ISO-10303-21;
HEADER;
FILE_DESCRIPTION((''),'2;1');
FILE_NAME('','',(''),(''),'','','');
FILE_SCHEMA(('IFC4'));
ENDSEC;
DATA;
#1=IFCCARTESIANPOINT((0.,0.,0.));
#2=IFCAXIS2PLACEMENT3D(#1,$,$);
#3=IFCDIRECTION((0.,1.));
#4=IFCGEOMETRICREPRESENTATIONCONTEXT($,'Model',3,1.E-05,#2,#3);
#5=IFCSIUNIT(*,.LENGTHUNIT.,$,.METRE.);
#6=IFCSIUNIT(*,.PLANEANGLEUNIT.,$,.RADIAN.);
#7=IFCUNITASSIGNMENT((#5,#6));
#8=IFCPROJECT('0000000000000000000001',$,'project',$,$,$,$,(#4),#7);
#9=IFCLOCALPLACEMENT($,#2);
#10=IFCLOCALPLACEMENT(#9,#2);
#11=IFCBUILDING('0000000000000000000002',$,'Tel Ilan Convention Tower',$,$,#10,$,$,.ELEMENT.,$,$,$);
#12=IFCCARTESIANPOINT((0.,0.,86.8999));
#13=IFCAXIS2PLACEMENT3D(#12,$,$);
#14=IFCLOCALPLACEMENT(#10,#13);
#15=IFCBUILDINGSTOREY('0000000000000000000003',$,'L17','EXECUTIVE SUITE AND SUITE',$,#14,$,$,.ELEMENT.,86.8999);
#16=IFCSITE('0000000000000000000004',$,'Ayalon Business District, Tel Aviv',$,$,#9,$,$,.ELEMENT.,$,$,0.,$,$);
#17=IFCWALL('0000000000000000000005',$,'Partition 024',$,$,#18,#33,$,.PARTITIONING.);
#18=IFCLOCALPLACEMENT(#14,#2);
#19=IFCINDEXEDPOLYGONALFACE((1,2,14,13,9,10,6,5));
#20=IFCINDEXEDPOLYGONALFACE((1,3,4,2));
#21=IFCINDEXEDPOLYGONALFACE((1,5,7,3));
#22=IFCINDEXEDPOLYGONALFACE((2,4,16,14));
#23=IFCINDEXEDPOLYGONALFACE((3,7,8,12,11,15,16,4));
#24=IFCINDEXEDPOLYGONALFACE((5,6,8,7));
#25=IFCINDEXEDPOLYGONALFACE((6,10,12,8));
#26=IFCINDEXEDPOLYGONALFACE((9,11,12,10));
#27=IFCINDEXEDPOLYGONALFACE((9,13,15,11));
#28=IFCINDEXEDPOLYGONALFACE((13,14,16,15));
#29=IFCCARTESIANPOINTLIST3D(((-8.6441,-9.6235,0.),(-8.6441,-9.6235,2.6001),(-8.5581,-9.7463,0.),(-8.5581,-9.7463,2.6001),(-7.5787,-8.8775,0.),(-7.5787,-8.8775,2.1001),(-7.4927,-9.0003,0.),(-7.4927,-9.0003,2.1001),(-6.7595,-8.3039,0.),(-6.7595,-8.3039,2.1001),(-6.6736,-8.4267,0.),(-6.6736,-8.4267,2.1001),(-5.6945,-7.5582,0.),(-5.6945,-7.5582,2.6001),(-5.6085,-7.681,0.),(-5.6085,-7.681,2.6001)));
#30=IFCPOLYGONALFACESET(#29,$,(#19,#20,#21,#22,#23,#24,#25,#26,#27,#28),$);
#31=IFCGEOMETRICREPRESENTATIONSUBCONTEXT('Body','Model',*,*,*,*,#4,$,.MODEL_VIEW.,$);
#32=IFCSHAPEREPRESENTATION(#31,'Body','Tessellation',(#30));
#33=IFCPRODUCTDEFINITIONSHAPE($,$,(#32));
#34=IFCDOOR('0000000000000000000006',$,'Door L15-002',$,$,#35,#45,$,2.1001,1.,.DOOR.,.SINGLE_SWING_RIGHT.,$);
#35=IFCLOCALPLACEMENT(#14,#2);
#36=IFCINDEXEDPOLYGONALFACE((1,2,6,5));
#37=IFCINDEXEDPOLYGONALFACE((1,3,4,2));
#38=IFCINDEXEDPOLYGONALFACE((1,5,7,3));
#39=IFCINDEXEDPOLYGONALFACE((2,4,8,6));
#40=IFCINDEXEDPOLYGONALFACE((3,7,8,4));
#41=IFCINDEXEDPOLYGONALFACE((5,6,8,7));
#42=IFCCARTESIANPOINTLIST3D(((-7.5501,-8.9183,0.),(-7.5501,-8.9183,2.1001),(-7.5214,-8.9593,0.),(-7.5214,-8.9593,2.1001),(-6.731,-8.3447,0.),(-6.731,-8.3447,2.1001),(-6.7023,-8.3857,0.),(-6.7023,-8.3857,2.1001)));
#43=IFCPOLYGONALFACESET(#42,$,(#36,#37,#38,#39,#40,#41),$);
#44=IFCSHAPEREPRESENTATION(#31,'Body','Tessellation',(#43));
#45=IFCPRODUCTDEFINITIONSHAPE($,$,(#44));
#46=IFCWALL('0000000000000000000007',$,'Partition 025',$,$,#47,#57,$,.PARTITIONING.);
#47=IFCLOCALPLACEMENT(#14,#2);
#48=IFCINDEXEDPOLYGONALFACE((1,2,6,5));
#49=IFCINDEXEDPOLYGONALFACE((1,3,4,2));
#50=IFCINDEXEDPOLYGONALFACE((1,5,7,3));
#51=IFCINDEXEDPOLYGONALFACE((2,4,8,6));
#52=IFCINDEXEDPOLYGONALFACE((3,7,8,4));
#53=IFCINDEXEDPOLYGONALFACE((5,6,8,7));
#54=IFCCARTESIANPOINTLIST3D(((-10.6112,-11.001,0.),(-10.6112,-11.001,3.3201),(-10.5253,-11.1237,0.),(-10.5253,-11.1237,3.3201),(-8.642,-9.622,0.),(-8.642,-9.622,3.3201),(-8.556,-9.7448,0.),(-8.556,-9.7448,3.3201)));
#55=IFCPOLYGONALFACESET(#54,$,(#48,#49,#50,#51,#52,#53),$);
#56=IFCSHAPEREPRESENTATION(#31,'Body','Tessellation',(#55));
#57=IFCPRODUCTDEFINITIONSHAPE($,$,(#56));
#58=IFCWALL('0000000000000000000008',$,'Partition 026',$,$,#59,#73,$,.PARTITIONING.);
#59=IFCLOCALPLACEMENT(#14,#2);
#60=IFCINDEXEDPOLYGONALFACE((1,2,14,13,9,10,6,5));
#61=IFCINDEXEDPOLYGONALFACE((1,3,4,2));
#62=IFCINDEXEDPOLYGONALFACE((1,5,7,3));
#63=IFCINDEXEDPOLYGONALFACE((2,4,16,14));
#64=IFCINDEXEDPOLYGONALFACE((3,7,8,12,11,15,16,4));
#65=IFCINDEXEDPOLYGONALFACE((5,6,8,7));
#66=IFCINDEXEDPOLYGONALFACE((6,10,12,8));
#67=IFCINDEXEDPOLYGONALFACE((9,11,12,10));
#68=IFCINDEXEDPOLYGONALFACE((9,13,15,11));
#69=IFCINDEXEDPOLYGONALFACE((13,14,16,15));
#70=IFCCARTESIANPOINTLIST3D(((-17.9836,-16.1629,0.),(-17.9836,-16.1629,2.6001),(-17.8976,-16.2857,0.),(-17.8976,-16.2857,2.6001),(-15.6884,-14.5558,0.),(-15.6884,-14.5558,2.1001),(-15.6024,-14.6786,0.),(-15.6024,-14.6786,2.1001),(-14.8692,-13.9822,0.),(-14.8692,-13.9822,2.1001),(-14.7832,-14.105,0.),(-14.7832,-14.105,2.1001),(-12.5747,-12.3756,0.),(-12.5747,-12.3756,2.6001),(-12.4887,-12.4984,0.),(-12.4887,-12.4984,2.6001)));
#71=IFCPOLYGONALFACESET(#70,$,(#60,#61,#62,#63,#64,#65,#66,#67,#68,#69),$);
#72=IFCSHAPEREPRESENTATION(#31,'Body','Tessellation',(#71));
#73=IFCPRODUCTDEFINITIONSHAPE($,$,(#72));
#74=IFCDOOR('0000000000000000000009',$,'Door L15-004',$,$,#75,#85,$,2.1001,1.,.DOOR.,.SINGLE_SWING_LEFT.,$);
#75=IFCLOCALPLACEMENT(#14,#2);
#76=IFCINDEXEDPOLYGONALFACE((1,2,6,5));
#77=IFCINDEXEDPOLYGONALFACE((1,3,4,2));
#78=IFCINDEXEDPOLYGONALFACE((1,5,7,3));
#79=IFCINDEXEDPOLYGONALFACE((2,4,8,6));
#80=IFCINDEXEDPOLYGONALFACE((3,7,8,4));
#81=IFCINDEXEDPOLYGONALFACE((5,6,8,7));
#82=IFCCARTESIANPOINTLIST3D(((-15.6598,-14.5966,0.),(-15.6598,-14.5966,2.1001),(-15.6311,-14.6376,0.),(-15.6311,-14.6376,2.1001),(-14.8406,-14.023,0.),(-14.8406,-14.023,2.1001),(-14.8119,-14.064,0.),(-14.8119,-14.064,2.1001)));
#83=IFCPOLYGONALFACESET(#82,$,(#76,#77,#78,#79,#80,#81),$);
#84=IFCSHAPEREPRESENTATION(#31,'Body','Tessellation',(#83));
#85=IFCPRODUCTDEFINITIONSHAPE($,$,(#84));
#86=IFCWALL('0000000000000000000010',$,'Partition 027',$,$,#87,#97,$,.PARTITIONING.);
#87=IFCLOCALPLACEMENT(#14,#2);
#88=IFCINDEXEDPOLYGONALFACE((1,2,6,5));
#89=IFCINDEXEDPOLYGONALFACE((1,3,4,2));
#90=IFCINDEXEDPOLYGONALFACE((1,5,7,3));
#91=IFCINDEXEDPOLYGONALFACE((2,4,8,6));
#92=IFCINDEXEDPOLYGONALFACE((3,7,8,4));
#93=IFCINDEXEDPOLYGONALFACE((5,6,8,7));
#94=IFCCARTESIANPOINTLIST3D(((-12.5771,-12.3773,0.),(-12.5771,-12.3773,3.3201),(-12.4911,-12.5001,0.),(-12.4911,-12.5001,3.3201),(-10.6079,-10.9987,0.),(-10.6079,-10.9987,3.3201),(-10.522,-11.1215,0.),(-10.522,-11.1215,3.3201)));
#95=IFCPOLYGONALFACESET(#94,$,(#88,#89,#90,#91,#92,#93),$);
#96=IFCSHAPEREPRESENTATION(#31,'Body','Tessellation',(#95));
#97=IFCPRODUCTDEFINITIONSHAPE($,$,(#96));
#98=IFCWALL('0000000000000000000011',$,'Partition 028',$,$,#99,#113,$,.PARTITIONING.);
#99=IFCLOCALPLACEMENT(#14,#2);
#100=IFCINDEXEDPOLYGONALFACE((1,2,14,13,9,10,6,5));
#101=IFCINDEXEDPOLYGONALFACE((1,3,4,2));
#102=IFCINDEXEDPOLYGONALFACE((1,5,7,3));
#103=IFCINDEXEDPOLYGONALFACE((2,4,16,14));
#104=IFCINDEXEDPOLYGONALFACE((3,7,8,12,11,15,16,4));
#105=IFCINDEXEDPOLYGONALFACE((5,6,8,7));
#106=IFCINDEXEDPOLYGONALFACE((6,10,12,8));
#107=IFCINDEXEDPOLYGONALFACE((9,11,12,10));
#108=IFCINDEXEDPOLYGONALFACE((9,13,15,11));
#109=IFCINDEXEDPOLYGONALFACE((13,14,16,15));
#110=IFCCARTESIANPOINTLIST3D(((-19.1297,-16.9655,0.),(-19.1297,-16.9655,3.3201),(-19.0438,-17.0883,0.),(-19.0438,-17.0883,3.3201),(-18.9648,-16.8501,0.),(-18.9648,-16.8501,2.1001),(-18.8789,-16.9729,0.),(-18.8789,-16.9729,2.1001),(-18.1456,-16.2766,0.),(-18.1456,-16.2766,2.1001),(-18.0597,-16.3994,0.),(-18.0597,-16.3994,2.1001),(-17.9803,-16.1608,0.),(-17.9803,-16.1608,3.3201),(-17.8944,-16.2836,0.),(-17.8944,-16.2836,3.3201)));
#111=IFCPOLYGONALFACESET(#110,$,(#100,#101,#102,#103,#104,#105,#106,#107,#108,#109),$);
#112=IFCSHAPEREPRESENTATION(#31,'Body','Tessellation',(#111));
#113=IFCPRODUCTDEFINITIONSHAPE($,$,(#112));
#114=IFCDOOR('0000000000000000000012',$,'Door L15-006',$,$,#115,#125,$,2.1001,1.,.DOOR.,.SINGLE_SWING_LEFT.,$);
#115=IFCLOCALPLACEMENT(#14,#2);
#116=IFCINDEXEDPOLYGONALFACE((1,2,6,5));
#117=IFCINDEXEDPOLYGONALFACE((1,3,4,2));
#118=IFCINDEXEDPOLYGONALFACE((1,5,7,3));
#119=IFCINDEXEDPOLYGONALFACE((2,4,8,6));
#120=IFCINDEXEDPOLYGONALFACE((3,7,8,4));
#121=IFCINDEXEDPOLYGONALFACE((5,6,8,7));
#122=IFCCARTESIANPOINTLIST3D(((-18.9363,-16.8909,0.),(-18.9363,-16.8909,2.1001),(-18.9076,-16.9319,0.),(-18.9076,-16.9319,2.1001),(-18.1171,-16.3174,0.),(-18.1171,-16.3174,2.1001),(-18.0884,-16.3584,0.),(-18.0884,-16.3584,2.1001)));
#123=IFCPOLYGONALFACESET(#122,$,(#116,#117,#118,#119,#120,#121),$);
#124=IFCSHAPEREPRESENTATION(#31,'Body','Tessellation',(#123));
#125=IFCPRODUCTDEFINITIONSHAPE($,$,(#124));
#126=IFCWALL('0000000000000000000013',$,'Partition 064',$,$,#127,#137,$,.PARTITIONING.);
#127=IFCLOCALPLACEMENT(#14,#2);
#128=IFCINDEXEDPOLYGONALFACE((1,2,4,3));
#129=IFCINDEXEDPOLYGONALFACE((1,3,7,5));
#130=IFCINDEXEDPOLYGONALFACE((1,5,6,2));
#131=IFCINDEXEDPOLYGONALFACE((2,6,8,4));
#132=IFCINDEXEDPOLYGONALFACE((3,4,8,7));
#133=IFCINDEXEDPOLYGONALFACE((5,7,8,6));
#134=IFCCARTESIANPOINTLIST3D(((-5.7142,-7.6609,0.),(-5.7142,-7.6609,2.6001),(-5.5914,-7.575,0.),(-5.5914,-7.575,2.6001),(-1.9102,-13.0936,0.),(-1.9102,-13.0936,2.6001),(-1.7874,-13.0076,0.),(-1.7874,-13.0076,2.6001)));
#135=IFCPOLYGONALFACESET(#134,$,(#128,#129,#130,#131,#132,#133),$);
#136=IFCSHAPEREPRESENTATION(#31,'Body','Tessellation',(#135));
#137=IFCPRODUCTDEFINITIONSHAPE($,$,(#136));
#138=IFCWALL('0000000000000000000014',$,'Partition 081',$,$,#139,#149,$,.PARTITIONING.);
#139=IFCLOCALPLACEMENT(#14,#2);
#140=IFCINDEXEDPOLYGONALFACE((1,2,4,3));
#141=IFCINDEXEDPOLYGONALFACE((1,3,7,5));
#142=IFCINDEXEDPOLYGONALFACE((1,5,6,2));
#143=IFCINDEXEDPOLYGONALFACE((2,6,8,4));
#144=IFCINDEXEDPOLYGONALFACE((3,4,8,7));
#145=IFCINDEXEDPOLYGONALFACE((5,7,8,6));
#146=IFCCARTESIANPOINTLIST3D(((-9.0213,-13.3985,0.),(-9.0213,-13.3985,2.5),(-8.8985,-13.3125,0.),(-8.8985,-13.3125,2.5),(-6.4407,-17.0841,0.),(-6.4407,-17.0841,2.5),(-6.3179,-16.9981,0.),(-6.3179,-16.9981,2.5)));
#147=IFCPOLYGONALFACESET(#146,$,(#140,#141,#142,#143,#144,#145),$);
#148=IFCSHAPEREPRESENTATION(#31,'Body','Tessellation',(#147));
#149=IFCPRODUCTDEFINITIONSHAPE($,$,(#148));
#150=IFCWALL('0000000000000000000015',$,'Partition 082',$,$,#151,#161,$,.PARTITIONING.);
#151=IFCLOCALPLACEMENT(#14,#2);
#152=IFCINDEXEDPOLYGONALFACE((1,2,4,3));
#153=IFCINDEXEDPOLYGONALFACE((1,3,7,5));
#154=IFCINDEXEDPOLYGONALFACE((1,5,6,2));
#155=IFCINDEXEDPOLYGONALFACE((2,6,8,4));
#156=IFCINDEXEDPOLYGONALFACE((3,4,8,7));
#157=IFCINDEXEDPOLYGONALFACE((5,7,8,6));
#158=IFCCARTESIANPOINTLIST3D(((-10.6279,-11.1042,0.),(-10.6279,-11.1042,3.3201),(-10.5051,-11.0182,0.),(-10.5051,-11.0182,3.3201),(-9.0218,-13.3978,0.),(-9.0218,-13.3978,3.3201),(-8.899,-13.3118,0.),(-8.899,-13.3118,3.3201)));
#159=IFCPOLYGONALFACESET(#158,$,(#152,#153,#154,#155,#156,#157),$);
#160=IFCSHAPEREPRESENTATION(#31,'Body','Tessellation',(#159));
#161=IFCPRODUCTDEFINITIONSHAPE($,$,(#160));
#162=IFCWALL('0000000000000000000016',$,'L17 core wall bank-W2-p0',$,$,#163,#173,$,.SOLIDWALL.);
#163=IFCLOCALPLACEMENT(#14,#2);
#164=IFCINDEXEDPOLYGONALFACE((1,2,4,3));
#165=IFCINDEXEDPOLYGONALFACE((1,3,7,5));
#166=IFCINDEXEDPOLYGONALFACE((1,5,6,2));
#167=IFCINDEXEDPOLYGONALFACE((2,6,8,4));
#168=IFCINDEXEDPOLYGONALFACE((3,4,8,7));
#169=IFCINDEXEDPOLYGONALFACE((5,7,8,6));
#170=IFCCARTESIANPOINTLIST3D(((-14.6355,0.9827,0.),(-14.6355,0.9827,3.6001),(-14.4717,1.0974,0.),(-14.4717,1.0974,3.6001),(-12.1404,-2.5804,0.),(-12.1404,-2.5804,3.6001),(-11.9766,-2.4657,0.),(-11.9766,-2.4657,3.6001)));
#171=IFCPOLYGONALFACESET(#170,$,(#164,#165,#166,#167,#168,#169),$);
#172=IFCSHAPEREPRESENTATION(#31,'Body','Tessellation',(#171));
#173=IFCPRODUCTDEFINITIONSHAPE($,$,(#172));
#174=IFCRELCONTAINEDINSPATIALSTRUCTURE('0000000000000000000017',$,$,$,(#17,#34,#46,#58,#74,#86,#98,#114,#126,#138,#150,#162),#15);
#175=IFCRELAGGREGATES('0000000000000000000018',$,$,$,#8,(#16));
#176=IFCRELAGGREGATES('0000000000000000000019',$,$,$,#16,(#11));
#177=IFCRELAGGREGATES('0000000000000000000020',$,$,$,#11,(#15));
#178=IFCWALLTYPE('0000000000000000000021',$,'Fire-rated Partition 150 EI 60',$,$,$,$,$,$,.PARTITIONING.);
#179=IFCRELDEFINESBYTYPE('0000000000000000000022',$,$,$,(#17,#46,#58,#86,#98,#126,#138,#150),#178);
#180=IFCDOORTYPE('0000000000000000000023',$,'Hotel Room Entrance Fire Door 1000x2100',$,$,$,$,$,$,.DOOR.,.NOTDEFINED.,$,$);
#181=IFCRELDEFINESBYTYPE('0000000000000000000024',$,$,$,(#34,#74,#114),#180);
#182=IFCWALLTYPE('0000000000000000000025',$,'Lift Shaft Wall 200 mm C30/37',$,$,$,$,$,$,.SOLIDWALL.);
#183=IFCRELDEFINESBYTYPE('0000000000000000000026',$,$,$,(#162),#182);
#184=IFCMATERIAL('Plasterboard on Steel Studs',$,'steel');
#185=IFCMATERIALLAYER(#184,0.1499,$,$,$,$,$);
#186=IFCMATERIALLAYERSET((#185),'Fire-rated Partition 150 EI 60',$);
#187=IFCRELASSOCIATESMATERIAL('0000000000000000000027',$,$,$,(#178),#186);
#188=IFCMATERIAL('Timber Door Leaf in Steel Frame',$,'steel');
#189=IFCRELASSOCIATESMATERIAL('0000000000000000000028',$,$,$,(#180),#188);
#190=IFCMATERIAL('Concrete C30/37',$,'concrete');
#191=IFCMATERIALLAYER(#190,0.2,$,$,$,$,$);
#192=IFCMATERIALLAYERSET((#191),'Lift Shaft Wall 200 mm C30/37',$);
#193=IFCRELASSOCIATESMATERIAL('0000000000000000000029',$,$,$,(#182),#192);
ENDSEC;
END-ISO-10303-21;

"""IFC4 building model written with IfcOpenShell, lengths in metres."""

from ifc_helpers import new_model, si_unit, direction, frame, frame_2d, origin, place, context, subcontext, project, spatial, rectangle, extrude, material, layer, layer_set, type_object, element, fill, save


model = new_model("IFC4")

# Units and contexts
model_context = context("Model", 3, precision=1e-05, world=origin(), true_north=direction((0.0, 1.0)))
body_context = subcontext(model_context, "Body", "Model", "MODEL_VIEW")
ifc_project = project(units=[si_unit("LENGTHUNIT", "METRE"), si_unit("PLANEANGLEUNIT", "RADIAN")], contexts=[model_context])

# Site, building, storey
site_placement = place(None, origin())
site = spatial("IfcSite", under=ifc_project, at=site_placement, Name="Ayalon Business District, Tel Aviv", CompositionType="ELEMENT", RefElevation=0.0)
building_placement = place(site_placement, origin())
building = spatial("IfcBuilding", under=site, at=building_placement, Name="Tel Ilan Convention Tower", CompositionType="ELEMENT")
storey_placement = place(building_placement, frame((0.0, 0.0, 86.8999)))
storey = spatial("IfcBuildingStorey", under=building, at=storey_placement, Name="L17", Description="EXECUTIVE SUITE AND SUITE", CompositionType="ELEMENT", Elevation=86.8999)

# Wall, opening, door
ifc_material_1 = material(Name="Plasterboard on Steel Studs", Category="steel")
ifc_layer_1 = layer(ifc_material_1, 0.1499)
ifc_layer_set_1 = layer_set([ifc_layer_1], Name="Fire-rated Partition 150 EI 60")
wall_type_1 = type_object("IfcWallType", Name="Fire-rated Partition 150 EI 60", PredefinedType="PARTITIONING", material=ifc_layer_set_1)
wall_1_placement = place(storey_placement, frame((-5.6516, -7.6196, 0.0), z_axis=(0.0, 0.0, 1.0), x_axis=(-0.819149, -0.573581, 0.0)))
wall_1 = element("IfcWall", 1, at=wall_1_placement, inside=storey, type_object=wall_type_1, Name="Partition 024", PredefinedType="PARTITIONING", context=body_context, shape_type="SweptSolid", body=[
    extrude(rectangle(XDim=3.6008, YDim=0.1499, at=frame_2d((1.8003, 0.0))), origin(), (0.0, 0.0, 1.0), 2.6001),
])
opening_1_placement = place(wall_1_placement, frame((1.3, 0.0, 0.0)))
opening_1 = element("IfcOpeningElement", 2, at=opening_1_placement, cuts=wall_1, PredefinedType="OPENING", context=body_context, shape_type="SweptSolid", body=[
    extrude(rectangle(XDim=1.0, YDim=2.1001, at=frame_2d((0.5, 1.05))), frame((0.0, 0.085, 0.0), z_axis=(0.0, -1.0, 0.0), x_axis=(1.0, 0.0, 0.0)), (0.0, 0.0, 1.0), 0.1699),
])
ifc_material_2 = material(Name="Timber Door Leaf in Steel Frame", Category="steel")
door_type_1 = type_object("IfcDoorType", Name="Hotel Room Entrance Fire Door 1000x2100", OperationType="NOTDEFINED", PredefinedType="DOOR", material=ifc_material_2)
door_1_placement = place(opening_1_placement, origin())
door_1 = element("IfcDoor", 3, at=door_1_placement, inside=storey, type_object=door_type_1, Name="Door L15-002", OperationType="SINGLE_SWING_RIGHT", OverallHeight=2.1001, OverallWidth=1.0, PredefinedType="DOOR", context=body_context, shape_type="SweptSolid", body=[
    extrude(rectangle(XDim=1.0, YDim=2.1001, at=frame_2d((0.5, 1.05))), frame((0.0, 0.0249, 0.0), z_axis=(0.0, -1.0, 0.0), x_axis=(1.0, 0.0, 0.0)), (0.0, 0.0, 1.0), 0.05),
])
fill(opening_1, door_1)

# Wall
wall_2_placement = place(storey_placement, frame((-8.5989, -9.6833, 0.0), z_axis=(0.0, 0.0, 1.0), x_axis=(-0.819146, -0.573585, 0.0)))
element("IfcWall", 4, at=wall_2_placement, inside=storey, type_object=wall_type_1, Name="Partition 025", PredefinedType="PARTITIONING", context=body_context, shape_type="SweptSolid", body=[
    extrude(rectangle(XDim=2.4041, YDim=0.1499, at=frame_2d((1.2021, 0.0))), origin(), (0.0, 0.0, 1.0), 3.3201),
])

# Wall, opening, door
wall_3_placement = place(storey_placement, frame((-12.5317, -12.437, 0.0), z_axis=(0.0, 0.0, 1.0), x_axis=(-0.819154, -0.573574, 0.0)))
wall_3 = element("IfcWall", 5, at=wall_3_placement, inside=storey, type_object=wall_type_1, Name="Partition 026", PredefinedType="PARTITIONING", context=body_context, shape_type="SweptSolid", body=[
    extrude(rectangle(XDim=6.603, YDim=0.1499, at=frame_2d((3.3015, 0.0))), origin(), (0.0, 0.0, 1.0), 2.6001),
])
opening_2_placement = place(wall_3_placement, frame((2.801, 0.0, 0.0)))
opening_2 = element("IfcOpeningElement", 6, at=opening_2_placement, cuts=wall_3, PredefinedType="OPENING", context=body_context, shape_type="SweptSolid", body=[
    extrude(rectangle(XDim=1.0, YDim=2.1001, at=frame_2d((0.5, 1.05))), frame((0.0, 0.085, 0.0), z_axis=(0.0, -1.0, 0.0), x_axis=(1.0, 0.0, 0.0)), (0.0, 0.0, 1.0), 0.1699),
])
door_2_placement = place(opening_2_placement, origin())
door_2 = element("IfcDoor", 7, at=door_2_placement, inside=storey, type_object=door_type_1, Name="Door L15-004", OperationType="SINGLE_SWING_LEFT", OverallHeight=2.1001, OverallWidth=1.0, PredefinedType="DOOR", context=body_context, shape_type="SweptSolid", body=[
    extrude(rectangle(XDim=1.0, YDim=2.1001, at=frame_2d((0.5, 1.05))), frame((0.0, 0.0249, 0.0), z_axis=(0.0, -1.0, 0.0), x_axis=(1.0, 0.0, 0.0)), (0.0, 0.0, 1.0), 0.05),
])
fill(opening_2, door_2)

# Wall
wall_4_placement = place(storey_placement, frame((-10.5649, -11.0601, 0.0), z_axis=(0.0, 0.0, 1.0), x_axis=(-0.819194, -0.573517, 0.0)))
element("IfcWall", 8, at=wall_4_placement, inside=storey, type_object=wall_type_1, Name="Partition 027", PredefinedType="PARTITIONING", context=body_context, shape_type="SweptSolid", body=[
    extrude(rectangle(XDim=2.4038, YDim=0.1499, at=frame_2d((1.2019, 0.0))), origin(), (0.0, 0.0, 1.0), 3.3201),
])

# Wall, opening, door
wall_5_placement = place(storey_placement, frame((-17.9373, -16.2222, 0.0), z_axis=(0.0, 0.0, 1.0), x_axis=(-0.819199, -0.573509, 0.0)))
wall_5 = element("IfcWall", 9, at=wall_5_placement, inside=storey, type_object=wall_type_1, Name="Partition 028", PredefinedType="PARTITIONING", context=body_context, shape_type="SweptSolid", body=[
    extrude(rectangle(XDim=1.4031, YDim=0.1499, at=frame_2d((0.7017, 0.0))), origin(), (0.0, 0.0, 1.0), 3.3201),
])
opening_3_placement = place(wall_5_placement, frame((0.2019, 0.0, 0.0)))
opening_3 = element("IfcOpeningElement", 10, at=opening_3_placement, cuts=wall_5, PredefinedType="OPENING", context=body_context, shape_type="SweptSolid", body=[
    extrude(rectangle(XDim=1.0, YDim=2.1001, at=frame_2d((0.5, 1.05))), frame((0.0, 0.085, 0.0), z_axis=(0.0, -1.0, 0.0), x_axis=(1.0, 0.0, 0.0)), (0.0, 0.0, 1.0), 0.1699),
])
door_3_placement = place(opening_3_placement, origin())
door_3 = element("IfcDoor", 11, at=door_3_placement, inside=storey, type_object=door_type_1, Name="Door L15-006", OperationType="SINGLE_SWING_LEFT", OverallHeight=2.1001, OverallWidth=1.0, PredefinedType="DOOR", context=body_context, shape_type="SweptSolid", body=[
    extrude(rectangle(XDim=1.0, YDim=2.1001, at=frame_2d((0.5, 1.05))), frame((0.0, 0.0249, 0.0), z_axis=(0.0, -1.0, 0.0), x_axis=(1.0, 0.0, 0.0)), (0.0, 0.0, 1.0), 0.05),
])
fill(opening_3, door_3)

# Walls
wall_6_placement = place(storey_placement, frame((-1.8489, -13.0505, 0.0), z_axis=(0.0, 0.0, 1.0), x_axis=(-0.573576, 0.819152, 0.0)))
element("IfcWall", 12, at=wall_6_placement, inside=storey, type_object=wall_type_1, Name="Partition 064", PredefinedType="PARTITIONING", context=body_context, shape_type="SweptSolid", body=[
    extrude(rectangle(XDim=6.6321, YDim=0.1499, at=frame_2d((3.3159, 0.0))), origin(), (0.0, 0.0, 1.0), 2.6001),
])
wall_7_placement = place(storey_placement, frame((-6.3794, -17.041, 0.0), z_axis=(0.0, 0.0, 1.0), x_axis=(-0.573564, 0.819161, 0.0)))
element("IfcWall", 13, at=wall_7_placement, inside=storey, type_object=wall_type_1, Name="Partition 081", PredefinedType="PARTITIONING", context=body_context, shape_type="SweptSolid", body=[
    extrude(rectangle(XDim=4.4993, YDim=0.1499, at=frame_2d((2.2495, 0.0))), origin(), (0.0, 0.0, 1.0), 2.5),
])
wall_8_placement = place(storey_placement, frame((-8.9604, -13.3547, 0.0), z_axis=(0.0, 0.0, 1.0), x_axis=(-0.573609, 0.81913, 0.0)))
element("IfcWall", 14, at=wall_8_placement, inside=storey, type_object=wall_type_1, Name="Partition 082", PredefinedType="PARTITIONING", context=body_context, shape_type="SweptSolid", body=[
    extrude(rectangle(XDim=2.8, YDim=0.1499, at=frame_2d((1.3999, 0.0))), origin(), (0.0, 0.0, 1.0), 3.3201),
])
ifc_material_3 = material(Name="Concrete C30/37", Category="concrete")
ifc_layer_2 = layer(ifc_material_3, 0.2)
ifc_layer_set_2 = layer_set([ifc_layer_2], Name="Lift Shaft Wall 200 mm C30/37")
wall_type_2 = type_object("IfcWallType", Name="Lift Shaft Wall 200 mm C30/37", PredefinedType="SOLIDWALL", material=ifc_layer_set_2)
wall_9_placement = place(storey_placement, frame((-12.0586, -2.5229, 0.0), z_axis=(0.0, 0.0, 1.0), x_axis=(-0.573594, 0.81914, 0.0)))
element("IfcWall", 15, at=wall_9_placement, inside=storey, type_object=wall_type_2, Name="L17 core wall bank-W2-p0", PredefinedType="SOLIDWALL", context=body_context, shape_type="SweptSolid", body=[
    extrude(rectangle(XDim=4.3499, YDim=0.2, at=frame_2d((2.1748, 0.0))), origin(), (0.0, 0.0, 1.0), 3.6001),
])

save(model, "model.ifc")
